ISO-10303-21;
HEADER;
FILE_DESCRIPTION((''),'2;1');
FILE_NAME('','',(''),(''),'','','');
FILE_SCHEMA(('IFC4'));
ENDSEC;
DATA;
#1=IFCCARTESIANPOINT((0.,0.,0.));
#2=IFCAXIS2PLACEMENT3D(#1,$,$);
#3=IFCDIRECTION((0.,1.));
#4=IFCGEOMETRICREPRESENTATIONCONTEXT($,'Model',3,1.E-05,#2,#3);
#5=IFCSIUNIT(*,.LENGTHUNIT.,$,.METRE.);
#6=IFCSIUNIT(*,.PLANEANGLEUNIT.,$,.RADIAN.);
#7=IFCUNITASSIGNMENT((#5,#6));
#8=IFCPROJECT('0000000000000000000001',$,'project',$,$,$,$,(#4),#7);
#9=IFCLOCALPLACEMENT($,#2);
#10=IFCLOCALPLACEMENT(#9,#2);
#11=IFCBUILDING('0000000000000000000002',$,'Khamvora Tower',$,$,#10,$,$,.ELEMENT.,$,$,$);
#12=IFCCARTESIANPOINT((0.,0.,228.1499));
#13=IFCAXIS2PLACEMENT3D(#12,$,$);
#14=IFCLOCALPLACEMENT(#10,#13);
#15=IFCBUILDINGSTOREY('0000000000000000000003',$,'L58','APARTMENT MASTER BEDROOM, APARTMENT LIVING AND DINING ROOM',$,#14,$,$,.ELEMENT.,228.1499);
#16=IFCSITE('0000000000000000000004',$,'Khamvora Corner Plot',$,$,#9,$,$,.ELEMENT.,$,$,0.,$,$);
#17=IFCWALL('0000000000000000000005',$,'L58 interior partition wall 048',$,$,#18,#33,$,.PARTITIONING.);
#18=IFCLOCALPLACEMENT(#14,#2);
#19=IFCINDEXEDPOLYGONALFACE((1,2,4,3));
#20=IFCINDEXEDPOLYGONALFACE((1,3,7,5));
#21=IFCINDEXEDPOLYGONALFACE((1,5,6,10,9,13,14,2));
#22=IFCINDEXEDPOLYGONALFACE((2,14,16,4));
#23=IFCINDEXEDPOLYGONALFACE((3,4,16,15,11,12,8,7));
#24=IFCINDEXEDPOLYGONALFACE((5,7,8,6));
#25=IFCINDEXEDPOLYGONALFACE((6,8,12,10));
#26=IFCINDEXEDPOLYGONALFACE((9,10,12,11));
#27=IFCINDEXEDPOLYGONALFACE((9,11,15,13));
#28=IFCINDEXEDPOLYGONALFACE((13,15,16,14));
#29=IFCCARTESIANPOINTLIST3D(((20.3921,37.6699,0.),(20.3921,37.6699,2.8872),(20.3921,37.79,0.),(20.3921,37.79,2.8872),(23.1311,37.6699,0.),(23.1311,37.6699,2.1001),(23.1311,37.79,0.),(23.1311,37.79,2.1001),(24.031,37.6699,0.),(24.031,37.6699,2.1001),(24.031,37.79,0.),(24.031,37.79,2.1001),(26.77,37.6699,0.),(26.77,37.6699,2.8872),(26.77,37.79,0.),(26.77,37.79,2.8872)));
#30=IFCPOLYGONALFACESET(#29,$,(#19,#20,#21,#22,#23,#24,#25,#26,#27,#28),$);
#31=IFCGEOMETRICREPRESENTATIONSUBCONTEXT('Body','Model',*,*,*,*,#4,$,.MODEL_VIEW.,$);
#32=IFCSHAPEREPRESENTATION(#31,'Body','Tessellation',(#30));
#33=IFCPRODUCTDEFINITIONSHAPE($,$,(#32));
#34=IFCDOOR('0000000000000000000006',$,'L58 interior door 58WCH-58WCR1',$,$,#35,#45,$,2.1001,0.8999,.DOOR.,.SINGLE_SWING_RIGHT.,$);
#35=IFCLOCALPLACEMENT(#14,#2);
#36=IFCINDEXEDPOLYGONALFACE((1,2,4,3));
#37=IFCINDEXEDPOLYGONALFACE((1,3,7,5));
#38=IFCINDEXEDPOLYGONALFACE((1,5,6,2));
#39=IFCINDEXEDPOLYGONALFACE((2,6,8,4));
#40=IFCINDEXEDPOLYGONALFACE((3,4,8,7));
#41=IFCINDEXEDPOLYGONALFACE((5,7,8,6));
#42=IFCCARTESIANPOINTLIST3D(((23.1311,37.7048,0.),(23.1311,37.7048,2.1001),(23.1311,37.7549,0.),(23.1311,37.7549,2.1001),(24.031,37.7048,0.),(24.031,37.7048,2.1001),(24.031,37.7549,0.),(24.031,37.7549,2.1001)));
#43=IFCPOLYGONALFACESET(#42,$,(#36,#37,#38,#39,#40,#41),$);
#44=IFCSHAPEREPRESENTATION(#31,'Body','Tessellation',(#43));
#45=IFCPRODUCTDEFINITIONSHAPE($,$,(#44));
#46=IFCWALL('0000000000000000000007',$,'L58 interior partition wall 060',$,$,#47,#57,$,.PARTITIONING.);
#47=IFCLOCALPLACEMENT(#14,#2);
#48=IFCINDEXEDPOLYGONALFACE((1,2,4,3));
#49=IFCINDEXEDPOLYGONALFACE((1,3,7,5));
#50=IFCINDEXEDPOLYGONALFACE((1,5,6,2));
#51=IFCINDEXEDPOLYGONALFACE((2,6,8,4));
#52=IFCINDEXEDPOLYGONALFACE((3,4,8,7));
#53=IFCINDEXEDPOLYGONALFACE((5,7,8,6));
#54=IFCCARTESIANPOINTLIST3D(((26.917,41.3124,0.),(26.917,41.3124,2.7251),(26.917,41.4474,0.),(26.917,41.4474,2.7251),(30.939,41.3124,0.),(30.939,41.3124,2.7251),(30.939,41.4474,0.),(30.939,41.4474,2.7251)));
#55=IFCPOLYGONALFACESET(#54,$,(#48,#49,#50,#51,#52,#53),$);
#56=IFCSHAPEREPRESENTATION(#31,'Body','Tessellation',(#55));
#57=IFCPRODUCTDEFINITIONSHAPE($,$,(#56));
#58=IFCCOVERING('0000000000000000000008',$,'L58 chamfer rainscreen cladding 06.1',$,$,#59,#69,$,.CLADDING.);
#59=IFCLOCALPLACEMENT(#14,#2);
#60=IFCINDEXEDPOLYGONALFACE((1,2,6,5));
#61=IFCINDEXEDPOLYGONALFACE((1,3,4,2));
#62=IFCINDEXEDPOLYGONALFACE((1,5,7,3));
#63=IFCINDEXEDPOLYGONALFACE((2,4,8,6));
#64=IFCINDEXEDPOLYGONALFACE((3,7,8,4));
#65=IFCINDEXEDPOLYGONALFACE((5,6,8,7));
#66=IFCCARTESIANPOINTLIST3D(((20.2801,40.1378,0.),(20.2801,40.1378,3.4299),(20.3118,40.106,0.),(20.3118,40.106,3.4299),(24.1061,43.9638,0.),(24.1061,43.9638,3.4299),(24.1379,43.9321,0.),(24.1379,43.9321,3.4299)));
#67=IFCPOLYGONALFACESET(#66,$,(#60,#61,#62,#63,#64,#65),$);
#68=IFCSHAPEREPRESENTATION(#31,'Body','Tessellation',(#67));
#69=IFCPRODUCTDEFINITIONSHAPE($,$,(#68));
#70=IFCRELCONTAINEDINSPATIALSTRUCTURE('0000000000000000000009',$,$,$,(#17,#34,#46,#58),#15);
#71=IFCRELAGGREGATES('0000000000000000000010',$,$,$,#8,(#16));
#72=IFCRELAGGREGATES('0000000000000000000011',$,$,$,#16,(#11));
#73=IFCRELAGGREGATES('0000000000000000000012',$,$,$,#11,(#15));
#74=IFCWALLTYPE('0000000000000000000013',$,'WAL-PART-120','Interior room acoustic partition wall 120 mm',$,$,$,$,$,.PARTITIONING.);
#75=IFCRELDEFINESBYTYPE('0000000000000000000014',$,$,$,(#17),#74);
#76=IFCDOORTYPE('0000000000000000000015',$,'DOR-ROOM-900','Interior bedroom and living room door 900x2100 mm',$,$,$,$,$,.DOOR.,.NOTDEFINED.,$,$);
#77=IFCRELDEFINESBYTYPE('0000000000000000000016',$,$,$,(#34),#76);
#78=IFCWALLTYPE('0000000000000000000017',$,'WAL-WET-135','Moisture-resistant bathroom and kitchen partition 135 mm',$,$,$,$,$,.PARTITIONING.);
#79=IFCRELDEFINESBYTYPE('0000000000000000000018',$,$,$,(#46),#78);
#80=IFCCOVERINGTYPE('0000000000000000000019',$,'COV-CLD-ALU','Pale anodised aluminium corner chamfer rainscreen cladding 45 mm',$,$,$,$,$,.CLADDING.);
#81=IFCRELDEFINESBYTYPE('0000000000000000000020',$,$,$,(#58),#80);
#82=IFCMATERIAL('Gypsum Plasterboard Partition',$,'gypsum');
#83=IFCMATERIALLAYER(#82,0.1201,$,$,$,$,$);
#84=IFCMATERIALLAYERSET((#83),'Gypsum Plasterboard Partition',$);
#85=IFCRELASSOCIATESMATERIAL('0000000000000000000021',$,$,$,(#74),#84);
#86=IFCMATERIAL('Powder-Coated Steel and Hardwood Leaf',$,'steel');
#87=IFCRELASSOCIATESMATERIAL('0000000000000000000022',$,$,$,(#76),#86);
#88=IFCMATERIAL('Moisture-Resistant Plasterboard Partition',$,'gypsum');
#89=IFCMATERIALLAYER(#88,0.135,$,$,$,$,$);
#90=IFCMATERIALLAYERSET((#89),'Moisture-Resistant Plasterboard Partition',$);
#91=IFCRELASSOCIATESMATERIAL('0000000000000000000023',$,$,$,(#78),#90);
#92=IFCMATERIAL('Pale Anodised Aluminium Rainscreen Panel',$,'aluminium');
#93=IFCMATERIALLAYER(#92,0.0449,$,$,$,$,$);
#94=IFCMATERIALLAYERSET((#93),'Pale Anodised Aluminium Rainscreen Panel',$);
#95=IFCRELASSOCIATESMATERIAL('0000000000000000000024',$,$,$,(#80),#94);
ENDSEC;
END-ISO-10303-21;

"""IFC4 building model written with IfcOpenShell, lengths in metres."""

from ifc_helpers import new_model, si_unit, direction, frame, frame_2d, origin, origin_2d, place, context, subcontext, project, spatial, rectangle, extrude, material, layer, layer_set, type_object, element, fill, save


model = new_model("IFC4")

# Units and contexts
model_context = context("Model", 3, precision=1e-05, world=origin(), true_north=direction((0.0, 1.0)))
body_context = subcontext(model_context, "Body", "Model", "MODEL_VIEW")
ifc_project = project(units=[si_unit("LENGTHUNIT", "METRE"), si_unit("PLANEANGLEUNIT", "RADIAN")], contexts=[model_context])

# Site, building, storey
site_placement = place(None, origin())
site = spatial("IfcSite", under=ifc_project, at=site_placement, Name="Khamvora Corner Plot", CompositionType="ELEMENT", RefElevation=0.0)
building_placement = place(site_placement, origin())
building = spatial("IfcBuilding", under=site, at=building_placement, Name="Khamvora Tower", CompositionType="ELEMENT")
storey_placement = place(building_placement, frame((0.0, 0.0, 228.1499)))
storey = spatial("IfcBuildingStorey", under=building, at=storey_placement, Name="L58", Description="APARTMENT MASTER BEDROOM, APARTMENT LIVING AND DINING ROOM", CompositionType="ELEMENT", Elevation=228.1499)

# Wall, opening, door
ifc_material_1 = material(Name="Gypsum Plasterboard Partition", Category="gypsum")
ifc_layer_1 = layer(ifc_material_1, 0.1201)
ifc_layer_set_1 = layer_set([ifc_layer_1], Name="Gypsum Plasterboard Partition")
wall_type_1 = type_object("IfcWallType", Name="WAL-PART-120", Description="Interior room acoustic partition wall 120 mm", PredefinedType="PARTITIONING", material=ifc_layer_set_1)
wall_1_placement = place(storey_placement, frame((20.3921, 37.73, 0.0), z_axis=(0.0, 0.0, 1.0), x_axis=(1.0, 0.0, 0.0)))
wall_1 = element("IfcWall", 1, at=wall_1_placement, inside=storey, type_object=wall_type_1, Name="L58 interior partition wall 048", PredefinedType="PARTITIONING", context=body_context, shape_type="SweptSolid", body=[
    extrude(rectangle(XDim=6.3779, YDim=0.1201, at=frame_2d((3.189, 0.0))), origin(), (0.0, 0.0, 1.0), 2.8872),
])
opening_1_placement = place(wall_1_placement, frame((2.739, 0.0, 0.0)))
opening_1 = element("IfcOpeningElement", 2, at=opening_1_placement, cuts=wall_1, PredefinedType="OPENING", context=body_context, shape_type="SweptSolid", body=[
    extrude(rectangle(XDim=0.8999, YDim=2.1001, at=frame_2d((0.45, 1.05))), frame((0.0, 0.0701, 0.0), z_axis=(0.0, -1.0, 0.0), x_axis=(1.0, 0.0, 0.0)), (0.0, 0.0, 1.0), 0.1401),
])
ifc_material_2 = material(Name="Powder-Coated Steel and Hardwood Leaf", Category="steel")
door_type = type_object("IfcDoorType", Name="DOR-ROOM-900", Description="Interior bedroom and living room door 900x2100 mm", OperationType="NOTDEFINED", PredefinedType="DOOR", material=ifc_material_2)
door_placement = place(opening_1_placement, origin())
door = element("IfcDoor", 3, at=door_placement, inside=storey, type_object=door_type, Name="L58 interior door 58WCH-58WCR1", OperationType="SINGLE_SWING_RIGHT", OverallHeight=2.1001, OverallWidth=0.8999, PredefinedType="DOOR", context=body_context, shape_type="SweptSolid", body=[
    extrude(rectangle(XDim=0.8999, YDim=2.1001, at=frame_2d((0.45, 1.05))), frame((0.0, 0.0249, 0.0), z_axis=(0.0, -1.0, 0.0), x_axis=(1.0, 0.0, 0.0)), (0.0, 0.0, 1.0), 0.05),
])
fill(opening_1, door)

# Wall
ifc_material_3 = material(Name="Moisture-Resistant Plasterboard Partition", Category="gypsum")
ifc_layer_2 = layer(ifc_material_3, 0.135)
ifc_layer_set_2 = layer_set([ifc_layer_2], Name="Moisture-Resistant Plasterboard Partition")
wall_type_2 = type_object("IfcWallType", Name="WAL-WET-135", Description="Moisture-resistant bathroom and kitchen partition 135 mm", PredefinedType="PARTITIONING", material=ifc_layer_set_2)
wall_2_placement = place(storey_placement, frame((26.917, 41.3799, 0.0), z_axis=(0.0, 0.0, 1.0), x_axis=(1.0, 0.0, 0.0)))
element("IfcWall", 4, at=wall_2_placement, inside=storey, type_object=wall_type_2, Name="L58 interior partition wall 060", PredefinedType="PARTITIONING", context=body_context, shape_type="SweptSolid", body=[
    extrude(rectangle(XDim=4.022, YDim=0.135, at=frame_2d((2.011, 0.0))), origin(), (0.0, 0.0, 1.0), 2.7251),
])

# Covering
ifc_material_4 = material(Name="Pale Anodised Aluminium Rainscreen Panel", Category="aluminium")
ifc_layer_3 = layer(ifc_material_4, 0.0449)
ifc_layer_set_3 = layer_set([ifc_layer_3], Name="Pale Anodised Aluminium Rainscreen Panel")
covering_type = type_object("IfcCoveringType", Name="COV-CLD-ALU", Description="Pale anodised aluminium corner chamfer rainscreen cladding 45 mm", PredefinedType="CLADDING", material=ifc_layer_set_3)
covering_placement = place(storey_placement, frame((22.209, 42.0349, 0.0), z_axis=(0.0, 0.0, 1.0), x_axis=(0.707107, 0.707107, 0.0)))
element("IfcCovering", 5, at=covering_placement, inside=storey, type_object=covering_type, Name="L58 chamfer rainscreen cladding 06.1", PredefinedType="CLADDING", context=body_context, shape_type="SweptSolid", body=[
    extrude(rectangle(XDim=5.4109, YDim=0.0449, at=origin_2d()), origin(), (0.0, 0.0, 1.0), 3.4299),
])

save(model, "model.ifc")
